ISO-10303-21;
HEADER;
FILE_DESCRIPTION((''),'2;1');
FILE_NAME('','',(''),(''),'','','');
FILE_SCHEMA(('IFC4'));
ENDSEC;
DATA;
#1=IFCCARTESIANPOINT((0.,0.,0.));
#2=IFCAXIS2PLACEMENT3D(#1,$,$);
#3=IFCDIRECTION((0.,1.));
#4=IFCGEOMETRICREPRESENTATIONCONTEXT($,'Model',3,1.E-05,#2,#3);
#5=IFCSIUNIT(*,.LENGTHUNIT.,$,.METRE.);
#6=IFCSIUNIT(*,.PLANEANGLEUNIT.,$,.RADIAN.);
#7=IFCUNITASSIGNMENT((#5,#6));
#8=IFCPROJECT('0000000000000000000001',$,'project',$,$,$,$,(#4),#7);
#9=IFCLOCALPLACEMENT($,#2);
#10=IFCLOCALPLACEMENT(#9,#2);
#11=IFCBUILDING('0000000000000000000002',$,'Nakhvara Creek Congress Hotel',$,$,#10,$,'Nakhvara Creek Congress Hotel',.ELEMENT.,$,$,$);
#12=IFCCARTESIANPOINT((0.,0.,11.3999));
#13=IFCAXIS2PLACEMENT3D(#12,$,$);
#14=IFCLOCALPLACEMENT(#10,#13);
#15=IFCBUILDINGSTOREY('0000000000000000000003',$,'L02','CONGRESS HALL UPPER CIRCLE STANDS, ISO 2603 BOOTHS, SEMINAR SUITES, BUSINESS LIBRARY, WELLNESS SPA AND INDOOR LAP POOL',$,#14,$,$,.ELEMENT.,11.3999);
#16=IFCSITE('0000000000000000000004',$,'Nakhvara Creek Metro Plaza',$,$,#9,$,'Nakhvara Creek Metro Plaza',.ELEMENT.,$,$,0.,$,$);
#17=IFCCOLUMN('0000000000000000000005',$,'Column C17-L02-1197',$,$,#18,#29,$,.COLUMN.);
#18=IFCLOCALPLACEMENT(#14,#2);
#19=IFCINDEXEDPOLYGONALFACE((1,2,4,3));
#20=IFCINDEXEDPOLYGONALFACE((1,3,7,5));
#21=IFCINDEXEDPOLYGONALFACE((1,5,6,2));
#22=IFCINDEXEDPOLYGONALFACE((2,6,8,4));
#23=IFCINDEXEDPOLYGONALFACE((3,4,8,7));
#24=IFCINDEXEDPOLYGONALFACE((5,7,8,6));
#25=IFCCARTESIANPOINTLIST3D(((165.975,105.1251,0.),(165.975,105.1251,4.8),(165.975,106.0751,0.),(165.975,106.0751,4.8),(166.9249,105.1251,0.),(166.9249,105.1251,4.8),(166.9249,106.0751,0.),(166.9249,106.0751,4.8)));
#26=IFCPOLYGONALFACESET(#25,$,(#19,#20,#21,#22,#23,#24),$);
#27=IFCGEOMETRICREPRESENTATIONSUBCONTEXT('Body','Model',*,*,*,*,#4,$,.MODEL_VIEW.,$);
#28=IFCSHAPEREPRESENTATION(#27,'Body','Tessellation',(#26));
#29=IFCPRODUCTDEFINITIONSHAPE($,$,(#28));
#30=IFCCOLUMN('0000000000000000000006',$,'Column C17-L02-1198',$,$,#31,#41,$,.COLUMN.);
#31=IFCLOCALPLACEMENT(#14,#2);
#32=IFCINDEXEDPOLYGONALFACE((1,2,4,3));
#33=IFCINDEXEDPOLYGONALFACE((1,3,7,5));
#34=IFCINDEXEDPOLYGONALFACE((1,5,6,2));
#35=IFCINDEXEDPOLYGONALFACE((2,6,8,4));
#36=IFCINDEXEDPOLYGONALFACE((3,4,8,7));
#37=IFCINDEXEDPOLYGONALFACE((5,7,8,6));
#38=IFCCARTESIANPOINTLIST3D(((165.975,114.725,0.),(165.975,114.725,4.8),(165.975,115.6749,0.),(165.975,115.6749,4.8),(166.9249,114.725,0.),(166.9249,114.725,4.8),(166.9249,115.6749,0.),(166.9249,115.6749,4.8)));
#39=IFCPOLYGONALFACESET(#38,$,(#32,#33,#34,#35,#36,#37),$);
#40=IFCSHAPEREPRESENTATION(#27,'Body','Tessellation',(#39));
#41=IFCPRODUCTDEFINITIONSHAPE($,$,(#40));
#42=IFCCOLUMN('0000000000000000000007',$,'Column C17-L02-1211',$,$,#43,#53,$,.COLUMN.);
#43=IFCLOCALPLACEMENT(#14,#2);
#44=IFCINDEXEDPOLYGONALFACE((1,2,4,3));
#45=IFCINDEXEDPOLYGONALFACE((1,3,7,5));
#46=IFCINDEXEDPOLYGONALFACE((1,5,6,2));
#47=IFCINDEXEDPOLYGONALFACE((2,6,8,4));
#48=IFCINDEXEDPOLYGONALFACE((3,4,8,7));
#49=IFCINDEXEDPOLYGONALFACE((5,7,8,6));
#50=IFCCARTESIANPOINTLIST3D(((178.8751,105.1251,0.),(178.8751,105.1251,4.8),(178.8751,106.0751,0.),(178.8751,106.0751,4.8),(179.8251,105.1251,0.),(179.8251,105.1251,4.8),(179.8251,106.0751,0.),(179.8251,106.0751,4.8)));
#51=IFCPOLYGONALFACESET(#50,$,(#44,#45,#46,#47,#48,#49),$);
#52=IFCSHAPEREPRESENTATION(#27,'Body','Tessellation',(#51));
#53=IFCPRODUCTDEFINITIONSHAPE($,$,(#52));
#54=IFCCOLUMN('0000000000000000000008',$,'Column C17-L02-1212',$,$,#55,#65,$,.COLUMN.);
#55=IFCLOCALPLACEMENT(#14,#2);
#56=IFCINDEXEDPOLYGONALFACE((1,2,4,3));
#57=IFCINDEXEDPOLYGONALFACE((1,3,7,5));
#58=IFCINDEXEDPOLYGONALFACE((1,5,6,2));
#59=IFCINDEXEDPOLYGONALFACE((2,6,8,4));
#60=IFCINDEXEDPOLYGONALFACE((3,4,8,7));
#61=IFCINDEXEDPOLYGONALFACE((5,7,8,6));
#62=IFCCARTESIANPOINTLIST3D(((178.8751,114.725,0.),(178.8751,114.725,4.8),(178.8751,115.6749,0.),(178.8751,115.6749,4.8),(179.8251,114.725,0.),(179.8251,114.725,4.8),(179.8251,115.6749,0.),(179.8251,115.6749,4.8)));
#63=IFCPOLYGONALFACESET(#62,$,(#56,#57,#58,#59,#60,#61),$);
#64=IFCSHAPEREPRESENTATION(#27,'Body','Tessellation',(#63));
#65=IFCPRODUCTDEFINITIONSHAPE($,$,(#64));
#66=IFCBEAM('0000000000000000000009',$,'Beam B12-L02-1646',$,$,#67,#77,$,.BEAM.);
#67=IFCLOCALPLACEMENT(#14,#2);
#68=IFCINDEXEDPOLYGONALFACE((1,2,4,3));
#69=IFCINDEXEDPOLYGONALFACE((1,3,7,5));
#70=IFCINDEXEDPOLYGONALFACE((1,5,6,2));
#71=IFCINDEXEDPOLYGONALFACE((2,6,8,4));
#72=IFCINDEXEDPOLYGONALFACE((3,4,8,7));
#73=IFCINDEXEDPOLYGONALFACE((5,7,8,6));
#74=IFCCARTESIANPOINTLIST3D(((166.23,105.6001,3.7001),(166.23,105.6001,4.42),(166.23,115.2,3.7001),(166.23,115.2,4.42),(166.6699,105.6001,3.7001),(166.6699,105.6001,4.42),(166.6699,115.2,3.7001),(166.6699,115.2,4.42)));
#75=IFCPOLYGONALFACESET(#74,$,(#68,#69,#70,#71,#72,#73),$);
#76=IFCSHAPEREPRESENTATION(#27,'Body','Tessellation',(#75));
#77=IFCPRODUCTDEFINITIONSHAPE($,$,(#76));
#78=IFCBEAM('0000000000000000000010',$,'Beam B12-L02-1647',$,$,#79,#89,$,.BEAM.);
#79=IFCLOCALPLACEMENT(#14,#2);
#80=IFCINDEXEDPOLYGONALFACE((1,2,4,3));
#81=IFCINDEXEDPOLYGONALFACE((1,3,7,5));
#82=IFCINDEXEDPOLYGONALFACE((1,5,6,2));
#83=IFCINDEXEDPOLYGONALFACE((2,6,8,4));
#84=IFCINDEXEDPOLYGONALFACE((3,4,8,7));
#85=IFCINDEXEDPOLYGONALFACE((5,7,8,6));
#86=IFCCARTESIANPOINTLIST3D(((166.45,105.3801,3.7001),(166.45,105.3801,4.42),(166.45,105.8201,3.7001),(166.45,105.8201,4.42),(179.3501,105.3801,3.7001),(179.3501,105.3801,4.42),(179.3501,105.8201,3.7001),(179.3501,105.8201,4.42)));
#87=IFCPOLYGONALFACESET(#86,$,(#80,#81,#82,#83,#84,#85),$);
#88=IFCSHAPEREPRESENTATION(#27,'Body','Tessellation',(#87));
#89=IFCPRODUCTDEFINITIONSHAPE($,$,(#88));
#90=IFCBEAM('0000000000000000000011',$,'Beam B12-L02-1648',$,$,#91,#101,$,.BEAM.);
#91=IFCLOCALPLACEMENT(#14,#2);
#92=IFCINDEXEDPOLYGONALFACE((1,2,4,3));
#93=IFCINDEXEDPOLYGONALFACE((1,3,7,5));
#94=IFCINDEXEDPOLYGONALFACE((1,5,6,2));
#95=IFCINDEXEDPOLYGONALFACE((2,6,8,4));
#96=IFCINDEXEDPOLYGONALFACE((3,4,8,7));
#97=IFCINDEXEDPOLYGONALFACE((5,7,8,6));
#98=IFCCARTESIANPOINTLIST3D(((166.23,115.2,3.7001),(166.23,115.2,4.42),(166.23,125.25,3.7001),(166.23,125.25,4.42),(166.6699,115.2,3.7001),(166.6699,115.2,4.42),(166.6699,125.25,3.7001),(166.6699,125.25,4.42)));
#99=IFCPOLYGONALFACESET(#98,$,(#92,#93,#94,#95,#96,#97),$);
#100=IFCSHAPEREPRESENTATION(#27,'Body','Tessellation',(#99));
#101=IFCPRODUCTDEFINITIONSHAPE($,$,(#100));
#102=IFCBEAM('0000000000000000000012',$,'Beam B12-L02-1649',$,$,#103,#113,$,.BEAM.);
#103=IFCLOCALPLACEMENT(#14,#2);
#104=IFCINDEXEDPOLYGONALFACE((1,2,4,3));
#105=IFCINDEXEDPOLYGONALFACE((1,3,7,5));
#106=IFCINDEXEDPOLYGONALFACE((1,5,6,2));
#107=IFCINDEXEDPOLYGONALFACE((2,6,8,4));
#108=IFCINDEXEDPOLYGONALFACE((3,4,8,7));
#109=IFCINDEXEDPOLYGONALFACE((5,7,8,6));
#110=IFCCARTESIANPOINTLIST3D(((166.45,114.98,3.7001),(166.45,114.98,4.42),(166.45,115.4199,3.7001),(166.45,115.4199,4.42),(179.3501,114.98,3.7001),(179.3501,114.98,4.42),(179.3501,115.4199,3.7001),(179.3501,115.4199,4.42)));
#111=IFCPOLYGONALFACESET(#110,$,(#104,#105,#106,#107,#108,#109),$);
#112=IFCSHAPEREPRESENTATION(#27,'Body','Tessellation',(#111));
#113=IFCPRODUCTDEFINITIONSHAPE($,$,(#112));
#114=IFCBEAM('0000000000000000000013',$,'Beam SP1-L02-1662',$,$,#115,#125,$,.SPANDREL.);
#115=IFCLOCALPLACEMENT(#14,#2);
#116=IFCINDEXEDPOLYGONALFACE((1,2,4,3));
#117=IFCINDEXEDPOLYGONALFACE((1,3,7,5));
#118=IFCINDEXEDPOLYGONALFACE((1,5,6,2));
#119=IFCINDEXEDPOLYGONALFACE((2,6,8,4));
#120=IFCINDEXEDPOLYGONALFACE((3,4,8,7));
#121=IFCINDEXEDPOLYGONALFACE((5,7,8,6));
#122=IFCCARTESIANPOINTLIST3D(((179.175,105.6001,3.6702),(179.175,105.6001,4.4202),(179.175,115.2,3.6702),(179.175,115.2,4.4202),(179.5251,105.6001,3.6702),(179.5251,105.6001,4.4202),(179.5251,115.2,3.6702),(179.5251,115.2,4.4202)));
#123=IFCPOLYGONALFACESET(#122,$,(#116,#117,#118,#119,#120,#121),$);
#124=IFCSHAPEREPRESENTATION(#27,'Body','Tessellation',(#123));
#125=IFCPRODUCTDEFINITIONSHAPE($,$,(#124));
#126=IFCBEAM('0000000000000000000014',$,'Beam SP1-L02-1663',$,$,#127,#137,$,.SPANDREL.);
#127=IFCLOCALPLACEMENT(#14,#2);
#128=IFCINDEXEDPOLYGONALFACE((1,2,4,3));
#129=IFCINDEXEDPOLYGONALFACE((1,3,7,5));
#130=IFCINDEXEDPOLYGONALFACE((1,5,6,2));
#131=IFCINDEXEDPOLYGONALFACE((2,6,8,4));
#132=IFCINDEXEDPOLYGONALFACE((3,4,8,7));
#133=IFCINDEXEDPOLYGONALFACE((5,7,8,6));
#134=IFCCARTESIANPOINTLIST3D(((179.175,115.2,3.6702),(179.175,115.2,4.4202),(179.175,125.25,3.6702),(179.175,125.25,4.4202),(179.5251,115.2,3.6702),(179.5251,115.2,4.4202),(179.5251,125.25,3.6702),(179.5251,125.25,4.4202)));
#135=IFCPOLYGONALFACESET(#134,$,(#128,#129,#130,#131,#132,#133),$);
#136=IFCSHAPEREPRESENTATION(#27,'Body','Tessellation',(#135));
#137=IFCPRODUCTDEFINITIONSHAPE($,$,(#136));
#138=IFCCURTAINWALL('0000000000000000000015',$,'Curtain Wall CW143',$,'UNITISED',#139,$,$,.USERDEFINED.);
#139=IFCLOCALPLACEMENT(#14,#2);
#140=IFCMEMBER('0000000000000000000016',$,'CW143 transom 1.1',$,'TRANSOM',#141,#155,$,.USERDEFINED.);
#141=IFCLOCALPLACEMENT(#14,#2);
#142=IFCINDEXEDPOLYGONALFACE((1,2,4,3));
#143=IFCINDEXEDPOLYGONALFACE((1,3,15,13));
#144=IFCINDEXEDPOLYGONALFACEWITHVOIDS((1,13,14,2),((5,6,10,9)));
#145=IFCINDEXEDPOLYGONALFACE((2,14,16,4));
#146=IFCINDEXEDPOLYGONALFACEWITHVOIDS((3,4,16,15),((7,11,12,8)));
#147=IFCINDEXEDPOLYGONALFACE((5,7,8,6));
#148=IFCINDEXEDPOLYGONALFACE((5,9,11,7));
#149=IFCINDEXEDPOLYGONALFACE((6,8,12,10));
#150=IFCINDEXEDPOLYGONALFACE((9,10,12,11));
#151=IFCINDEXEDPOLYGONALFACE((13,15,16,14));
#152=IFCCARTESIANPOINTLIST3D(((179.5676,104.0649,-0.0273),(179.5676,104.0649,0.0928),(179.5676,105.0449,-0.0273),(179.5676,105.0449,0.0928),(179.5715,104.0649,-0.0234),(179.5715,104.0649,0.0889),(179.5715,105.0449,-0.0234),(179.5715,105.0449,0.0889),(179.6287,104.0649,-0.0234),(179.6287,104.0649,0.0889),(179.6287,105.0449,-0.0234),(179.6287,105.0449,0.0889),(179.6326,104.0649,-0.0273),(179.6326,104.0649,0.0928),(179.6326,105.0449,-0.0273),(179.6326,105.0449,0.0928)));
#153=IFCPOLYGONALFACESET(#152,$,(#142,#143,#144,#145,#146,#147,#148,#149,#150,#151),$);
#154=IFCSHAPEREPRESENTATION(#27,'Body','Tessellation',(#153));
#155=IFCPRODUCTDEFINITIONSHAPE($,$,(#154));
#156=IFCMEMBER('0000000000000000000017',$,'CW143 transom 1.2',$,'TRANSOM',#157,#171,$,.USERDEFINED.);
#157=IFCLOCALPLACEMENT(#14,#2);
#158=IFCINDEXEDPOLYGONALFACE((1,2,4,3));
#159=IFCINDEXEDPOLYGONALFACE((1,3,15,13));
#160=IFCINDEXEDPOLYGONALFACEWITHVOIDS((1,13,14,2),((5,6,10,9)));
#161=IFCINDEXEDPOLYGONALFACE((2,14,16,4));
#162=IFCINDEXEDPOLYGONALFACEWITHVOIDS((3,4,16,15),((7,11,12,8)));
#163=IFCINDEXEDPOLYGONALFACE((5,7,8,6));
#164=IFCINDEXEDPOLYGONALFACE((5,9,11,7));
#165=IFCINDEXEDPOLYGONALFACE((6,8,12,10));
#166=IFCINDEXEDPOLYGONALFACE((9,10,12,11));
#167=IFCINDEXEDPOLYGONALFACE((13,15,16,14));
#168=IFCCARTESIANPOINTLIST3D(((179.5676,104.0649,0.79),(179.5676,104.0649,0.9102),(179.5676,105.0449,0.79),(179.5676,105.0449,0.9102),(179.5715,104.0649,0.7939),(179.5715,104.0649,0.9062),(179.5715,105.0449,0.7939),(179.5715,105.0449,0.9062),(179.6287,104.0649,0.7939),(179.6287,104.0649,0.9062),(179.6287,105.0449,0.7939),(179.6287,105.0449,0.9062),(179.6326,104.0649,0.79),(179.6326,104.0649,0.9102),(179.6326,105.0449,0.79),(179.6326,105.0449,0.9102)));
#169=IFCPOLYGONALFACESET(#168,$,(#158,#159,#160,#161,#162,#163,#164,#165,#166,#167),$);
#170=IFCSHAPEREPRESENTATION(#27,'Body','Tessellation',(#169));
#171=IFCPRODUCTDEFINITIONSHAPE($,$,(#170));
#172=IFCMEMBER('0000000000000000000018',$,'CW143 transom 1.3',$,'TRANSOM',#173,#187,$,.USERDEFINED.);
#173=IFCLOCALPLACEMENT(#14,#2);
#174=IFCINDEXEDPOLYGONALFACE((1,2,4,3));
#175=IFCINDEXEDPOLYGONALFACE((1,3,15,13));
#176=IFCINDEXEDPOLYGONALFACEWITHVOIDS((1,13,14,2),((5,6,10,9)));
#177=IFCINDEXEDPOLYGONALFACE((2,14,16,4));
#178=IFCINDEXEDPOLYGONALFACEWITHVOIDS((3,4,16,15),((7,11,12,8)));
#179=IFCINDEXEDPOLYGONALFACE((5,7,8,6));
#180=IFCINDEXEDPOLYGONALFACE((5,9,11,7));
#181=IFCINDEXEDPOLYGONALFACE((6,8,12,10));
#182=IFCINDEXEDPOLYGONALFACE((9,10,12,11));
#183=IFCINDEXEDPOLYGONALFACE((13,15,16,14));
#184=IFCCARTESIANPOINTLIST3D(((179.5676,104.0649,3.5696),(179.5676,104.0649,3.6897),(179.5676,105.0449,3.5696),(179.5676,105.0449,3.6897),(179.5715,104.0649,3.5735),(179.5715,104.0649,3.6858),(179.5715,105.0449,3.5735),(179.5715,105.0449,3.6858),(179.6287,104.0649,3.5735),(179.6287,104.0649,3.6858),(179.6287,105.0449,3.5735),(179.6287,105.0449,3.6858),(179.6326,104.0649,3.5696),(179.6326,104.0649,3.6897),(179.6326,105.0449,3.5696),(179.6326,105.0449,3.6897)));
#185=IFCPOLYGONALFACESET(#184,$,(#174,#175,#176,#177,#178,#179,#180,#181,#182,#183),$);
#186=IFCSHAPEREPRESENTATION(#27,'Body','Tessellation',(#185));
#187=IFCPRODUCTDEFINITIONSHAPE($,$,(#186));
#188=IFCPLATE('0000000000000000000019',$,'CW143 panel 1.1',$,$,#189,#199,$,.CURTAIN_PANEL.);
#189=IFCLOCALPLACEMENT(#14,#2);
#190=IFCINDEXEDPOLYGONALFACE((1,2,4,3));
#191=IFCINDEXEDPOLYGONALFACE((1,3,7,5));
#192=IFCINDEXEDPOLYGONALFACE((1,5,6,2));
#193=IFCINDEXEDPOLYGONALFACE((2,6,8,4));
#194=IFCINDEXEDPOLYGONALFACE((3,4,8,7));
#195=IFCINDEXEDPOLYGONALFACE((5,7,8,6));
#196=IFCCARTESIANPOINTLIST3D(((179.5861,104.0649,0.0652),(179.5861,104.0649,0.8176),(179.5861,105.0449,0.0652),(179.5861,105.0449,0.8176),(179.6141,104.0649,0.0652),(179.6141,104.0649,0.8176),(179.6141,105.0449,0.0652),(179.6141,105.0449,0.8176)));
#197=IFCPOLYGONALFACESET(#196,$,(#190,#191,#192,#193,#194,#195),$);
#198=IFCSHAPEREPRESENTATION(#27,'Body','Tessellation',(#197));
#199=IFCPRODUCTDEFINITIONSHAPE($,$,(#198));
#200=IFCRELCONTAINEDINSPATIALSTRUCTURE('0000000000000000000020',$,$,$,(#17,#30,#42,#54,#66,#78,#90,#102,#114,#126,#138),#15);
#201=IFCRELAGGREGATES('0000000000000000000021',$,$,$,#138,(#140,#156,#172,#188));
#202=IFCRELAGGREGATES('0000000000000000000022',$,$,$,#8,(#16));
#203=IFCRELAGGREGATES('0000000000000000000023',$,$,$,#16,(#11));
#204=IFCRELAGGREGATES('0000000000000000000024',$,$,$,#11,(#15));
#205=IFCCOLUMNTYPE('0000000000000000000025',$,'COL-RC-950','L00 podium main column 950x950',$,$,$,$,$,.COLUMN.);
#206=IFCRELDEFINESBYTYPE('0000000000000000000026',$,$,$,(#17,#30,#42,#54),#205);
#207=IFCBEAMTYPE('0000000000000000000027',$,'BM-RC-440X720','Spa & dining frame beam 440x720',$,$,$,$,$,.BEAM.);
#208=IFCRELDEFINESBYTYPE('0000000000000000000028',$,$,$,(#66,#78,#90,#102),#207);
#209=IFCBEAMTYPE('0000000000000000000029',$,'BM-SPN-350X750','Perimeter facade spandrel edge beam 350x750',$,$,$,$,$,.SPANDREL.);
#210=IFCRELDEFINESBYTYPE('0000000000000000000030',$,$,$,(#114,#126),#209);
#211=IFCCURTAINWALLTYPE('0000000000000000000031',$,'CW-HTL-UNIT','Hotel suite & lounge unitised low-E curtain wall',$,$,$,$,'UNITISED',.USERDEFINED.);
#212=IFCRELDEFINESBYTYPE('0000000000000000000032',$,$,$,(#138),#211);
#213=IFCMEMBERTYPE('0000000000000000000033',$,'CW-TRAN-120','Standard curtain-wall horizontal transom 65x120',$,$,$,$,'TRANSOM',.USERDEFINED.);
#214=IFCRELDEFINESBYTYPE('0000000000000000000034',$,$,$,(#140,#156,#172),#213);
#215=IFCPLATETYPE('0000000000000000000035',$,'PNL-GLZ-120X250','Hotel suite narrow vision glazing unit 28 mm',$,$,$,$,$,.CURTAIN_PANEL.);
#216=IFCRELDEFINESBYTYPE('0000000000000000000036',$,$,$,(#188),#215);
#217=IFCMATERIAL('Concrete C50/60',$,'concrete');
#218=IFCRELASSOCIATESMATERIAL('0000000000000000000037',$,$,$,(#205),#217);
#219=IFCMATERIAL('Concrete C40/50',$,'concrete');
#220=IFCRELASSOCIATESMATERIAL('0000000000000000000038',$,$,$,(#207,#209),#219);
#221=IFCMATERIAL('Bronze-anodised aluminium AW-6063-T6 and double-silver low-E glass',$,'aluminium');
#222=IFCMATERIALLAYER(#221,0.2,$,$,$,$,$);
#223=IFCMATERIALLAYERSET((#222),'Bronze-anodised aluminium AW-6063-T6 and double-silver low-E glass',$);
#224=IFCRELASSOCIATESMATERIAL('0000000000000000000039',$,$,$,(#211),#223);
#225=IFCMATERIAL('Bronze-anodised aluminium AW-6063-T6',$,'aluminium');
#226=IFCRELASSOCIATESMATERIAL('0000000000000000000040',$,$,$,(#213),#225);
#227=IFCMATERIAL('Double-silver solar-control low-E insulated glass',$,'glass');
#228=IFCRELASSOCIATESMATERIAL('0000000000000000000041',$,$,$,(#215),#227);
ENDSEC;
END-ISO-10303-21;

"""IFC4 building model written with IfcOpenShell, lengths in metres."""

from ifc_helpers import new_model, si_unit, direction, frame, origin, origin_2d, place, context, subcontext, project, spatial, rectangle, hollow_rectangle, extrude, material, layer, layer_set, material_profile, profile_set, type_object, element, aggregate, save


model = new_model("IFC4")

# Units and contexts
model_context = context("Model", 3, precision=1e-05, world=origin(), true_north=direction((0.0, 1.0)))
body_context = subcontext(model_context, "Body", "Model", "MODEL_VIEW")
ifc_project = project(units=[si_unit("LENGTHUNIT", "METRE"), si_unit("PLANEANGLEUNIT", "RADIAN")], contexts=[model_context])

# Site, building, storey
site_placement = place(None, origin())
site = spatial("IfcSite", under=ifc_project, at=site_placement, Name="Nakhvara Creek Metro Plaza", LongName="Nakhvara Creek Metro Plaza", CompositionType="ELEMENT", RefElevation=0.0)
building_placement = place(site_placement, origin())
building = spatial("IfcBuilding", under=site, at=building_placement, Name="Nakhvara Creek Congress Hotel", LongName="Nakhvara Creek Congress Hotel", CompositionType="ELEMENT")
storey_placement = place(building_placement, frame((0.0, 0.0, 11.3999)))
storey = spatial("IfcBuildingStorey", under=building, at=storey_placement, Name="L02", Description="CONGRESS HALL UPPER CIRCLE STANDS, ISO 2603 BOOTHS, SEMINAR SUITES, BUSINESS LIBRARY, WELLNESS SPA AND INDOOR LAP POOL", CompositionType="ELEMENT", Elevation=11.3999)

# Columns
ifc_material_1 = material(Name="Concrete C50/60", Category="concrete")
ifc_material_profile_1 = material_profile(ifc_material_1, rectangle(XDim=0.95, YDim=0.95, at=origin_2d()), Name="RC-COL 950x950", Category="LoadBearing")
ifc_profile_set_1 = profile_set([ifc_material_profile_1], Name="Concrete C50/60")
column_type = type_object("IfcColumnType", Name="COL-RC-950", Description="L00 podium main column 950x950", PredefinedType="COLUMN", material=ifc_profile_set_1)
for number, where, z_axis, x_axis, name in (
    (1, (166.45, 105.6001, 0.0), (0.0, 0.0, 1.0), (1.0, 0.0, 0.0), "Column C17-L02-1197"),
    (2, (166.45, 115.2, 0.0), (0.0, 0.0, 1.0), (1.0, 0.0, 0.0), "Column C17-L02-1198"),
    (3, (179.3501, 105.6001, 0.0), (0.0, 0.0, 1.0), (1.0, 0.0, 0.0), "Column C17-L02-1211"),
    (4, (179.3501, 115.2, 0.0), (0.0, 0.0, 1.0), (1.0, 0.0, 0.0), "Column C17-L02-1212"),
):
    element("IfcColumn", number, at=place(storey_placement, frame(where, z_axis=z_axis, x_axis=x_axis)), inside=storey, type_object=column_type, Name=name, PredefinedType="COLUMN", context=body_context, shape_type="SweptSolid", body=[
        extrude(rectangle(XDim=0.95, YDim=0.95, at=origin_2d()), origin(), (0.0, 0.0, 1.0), 4.8),
    ])

# Beams
ifc_material_2 = material(Name="Concrete C40/50", Category="concrete")
ifc_material_profile_2 = material_profile(ifc_material_2, rectangle(XDim=0.4399, YDim=0.72, at=origin_2d()), Name="RC-BM 440x720", Category="LoadBearing")
ifc_profile_set_2 = profile_set([ifc_material_profile_2], Name="Concrete C40/50")
beam_type_1 = type_object("IfcBeamType", Name="BM-RC-440X720", Description="Spa & dining frame beam 440x720", PredefinedType="BEAM", material=ifc_profile_set_2)
beam_1_placement = place(storey_placement, frame((166.45, 105.6001, 4.0601), z_axis=(0.0, 1.0, 0.0), x_axis=(-1.0, 0.0, 0.0)))
element("IfcBeam", 5, at=beam_1_placement, inside=storey, type_object=beam_type_1, Name="Beam B12-L02-1646", PredefinedType="BEAM", context=body_context, shape_type="SweptSolid", body=[
    extrude(rectangle(XDim=0.4399, YDim=0.72, at=origin_2d()), origin(), (0.0, 0.0, 1.0), 9.5999),
])
beam_2_placement = place(storey_placement, frame((166.45, 105.6001, 4.0601), z_axis=(1.0, 0.0, 0.0), x_axis=(0.0, 1.0, 0.0)))
element("IfcBeam", 6, at=beam_2_placement, inside=storey, type_object=beam_type_1, Name="Beam B12-L02-1647", PredefinedType="BEAM", context=body_context, shape_type="SweptSolid", body=[
    extrude(rectangle(XDim=0.4399, YDim=0.72, at=origin_2d()), origin(), (0.0, 0.0, 1.0), 12.9001),
])
beam_3_placement = place(storey_placement, frame((166.45, 115.2, 4.0601), z_axis=(0.0, 1.0, 0.0), x_axis=(-1.0, 0.0, 0.0)))
element("IfcBeam", 7, at=beam_3_placement, inside=storey, type_object=beam_type_1, Name="Beam B12-L02-1648", PredefinedType="BEAM", context=body_context, shape_type="SweptSolid", body=[
    extrude(rectangle(XDim=0.4399, YDim=0.72, at=origin_2d()), origin(), (0.0, 0.0, 1.0), 10.05),
])
beam_4_placement = place(storey_placement, frame((166.45, 115.2, 4.0601), z_axis=(1.0, 0.0, 0.0), x_axis=(0.0, 1.0, 0.0)))
element("IfcBeam", 8, at=beam_4_placement, inside=storey, type_object=beam_type_1, Name="Beam B12-L02-1649", PredefinedType="BEAM", context=body_context, shape_type="SweptSolid", body=[
    extrude(rectangle(XDim=0.4399, YDim=0.72, at=origin_2d()), origin(), (0.0, 0.0, 1.0), 12.9001),
])
ifc_material_profile_3 = material_profile(ifc_material_2, rectangle(XDim=0.3501, YDim=0.75, at=origin_2d()), Name="RC-SPANDREL 350x750", Category="LoadBearing")
ifc_profile_set_3 = profile_set([ifc_material_profile_3], Name="Concrete C40/50")
beam_type_2 = type_object("IfcBeamType", Name="BM-SPN-350X750", Description="Perimeter facade spandrel edge beam 350x750", PredefinedType="SPANDREL", material=ifc_profile_set_3)
beam_5_placement = place(storey_placement, frame((179.3501, 105.6001, 4.0452), z_axis=(0.0, 1.0, 0.0), x_axis=(-1.0, 0.0, 0.0)))
element("IfcBeam", 9, at=beam_5_placement, inside=storey, type_object=beam_type_2, Name="Beam SP1-L02-1662", PredefinedType="SPANDREL", context=body_context, shape_type="SweptSolid", body=[
    extrude(rectangle(XDim=0.3501, YDim=0.75, at=origin_2d()), origin(), (0.0, 0.0, 1.0), 9.5999),
])
beam_6_placement = place(storey_placement, frame((179.3501, 115.2, 4.0452), z_axis=(0.0, 1.0, 0.0), x_axis=(-1.0, 0.0, 0.0)))
element("IfcBeam", 10, at=beam_6_placement, inside=storey, type_object=beam_type_2, Name="Beam SP1-L02-1663", PredefinedType="SPANDREL", context=body_context, shape_type="SweptSolid", body=[
    extrude(rectangle(XDim=0.3501, YDim=0.75, at=origin_2d()), origin(), (0.0, 0.0, 1.0), 10.05),
])

# Curtain wall, members, plate
ifc_material_3 = material(Name="Bronze-anodised aluminium AW-6063-T6 and double-silver low-E glass", Category="aluminium")
ifc_layer_1 = layer(ifc_material_3, 0.2)
ifc_layer_set_1 = layer_set([ifc_layer_1], Name="Bronze-anodised aluminium AW-6063-T6 and double-silver low-E glass")
curtain_wall_type = type_object("IfcCurtainWallType", Name="CW-HTL-UNIT", Description="Hotel suite & lounge unitised low-E curtain wall", ElementType="UNITISED", PredefinedType="USERDEFINED", material=ifc_layer_set_1)
curtain_wall_placement = place(storey_placement, origin())
curtain_wall = element("IfcCurtainWall", 11, at=curtain_wall_placement, inside=storey, type_object=curtain_wall_type, Name="Curtain Wall CW143", ObjectType="UNITISED", PredefinedType="USERDEFINED")
ifc_material_4 = material(Name="Bronze-anodised aluminium AW-6063-T6", Category="aluminium")
ifc_material_profile_4 = material_profile(ifc_material_4, hollow_rectangle(XDim=0.0649, YDim=0.1201, WallThickness=0.0039, at=origin_2d()), Name="ALU-TRAN 65x120x4", Category="LoadBearing")
ifc_profile_set_4 = profile_set([ifc_material_profile_4], Name="Bronze-anodised aluminium AW-6063-T6")
member_type = type_object("IfcMemberType", Name="CW-TRAN-120", Description="Standard curtain-wall horizontal transom 65x120", ElementType="TRANSOM", PredefinedType="USERDEFINED", material=ifc_profile_set_4)
member_1_placement = place(storey_placement, frame((179.6001, 105.0449, 0.0327), z_axis=(0.0, -1.0, 0.0), x_axis=(1.0, 0.0, 0.0)))
member_1 = element("IfcMember", 12, at=member_1_placement, type_object=member_type, Name="CW143 transom 1.1", ObjectType="TRANSOM", PredefinedType="USERDEFINED", context=body_context, shape_type="SweptSolid", body=[
    extrude(hollow_rectangle(XDim=0.0649, YDim=0.1201, WallThickness=0.0039, at=origin_2d()), origin(), (0.0, 0.0, 1.0), 0.98),
])
member_2_placement = place(storey_placement, frame((179.6001, 105.0449, 0.8501), z_axis=(0.0, -1.0, 0.0), x_axis=(1.0, 0.0, 0.0)))
member_2 = element("IfcMember", 13, at=member_2_placement, type_object=member_type, Name="CW143 transom 1.2", ObjectType="TRANSOM", PredefinedType="USERDEFINED", context=body_context, shape_type="SweptSolid", body=[
    extrude(hollow_rectangle(XDim=0.0649, YDim=0.1201, WallThickness=0.0039, at=origin_2d()), origin(), (0.0, 0.0, 1.0), 0.98),
])
member_3_placement = place(storey_placement, frame((179.6001, 105.0449, 3.6296), z_axis=(0.0, -1.0, 0.0), x_axis=(1.0, 0.0, 0.0)))
member_3 = element("IfcMember", 14, at=member_3_placement, type_object=member_type, Name="CW143 transom 1.3", ObjectType="TRANSOM", PredefinedType="USERDEFINED", context=body_context, shape_type="SweptSolid", body=[
    extrude(hollow_rectangle(XDim=0.0649, YDim=0.1201, WallThickness=0.0039, at=origin_2d()), origin(), (0.0, 0.0, 1.0), 0.98),
])
ifc_material_5 = material(Name="Double-silver solar-control low-E insulated glass", Category="glass")
plate_type = type_object("IfcPlateType", Name="PNL-GLZ-120X250", Description="Hotel suite narrow vision glazing unit 28 mm", PredefinedType="CURTAIN_PANEL", material=ifc_material_5)
plate_1_placement = place(storey_placement, frame((179.6001, 104.5549, 0.0652), z_axis=(0.0, 0.0, 1.0), x_axis=(0.0, -1.0, 0.0)))
plate_1 = element("IfcPlate", 15, at=plate_1_placement, type_object=plate_type, Name="CW143 panel 1.1", PredefinedType="CURTAIN_PANEL", context=body_context, shape_type="SweptSolid", body=[
    extrude(rectangle(XDim=0.98, YDim=0.0281, at=origin_2d()), origin(), (0.0, 0.0, 1.0), 0.7524),
])
aggregate(curtain_wall, [member_1, member_2, member_3, plate_1])

save(model, "model.ifc")
